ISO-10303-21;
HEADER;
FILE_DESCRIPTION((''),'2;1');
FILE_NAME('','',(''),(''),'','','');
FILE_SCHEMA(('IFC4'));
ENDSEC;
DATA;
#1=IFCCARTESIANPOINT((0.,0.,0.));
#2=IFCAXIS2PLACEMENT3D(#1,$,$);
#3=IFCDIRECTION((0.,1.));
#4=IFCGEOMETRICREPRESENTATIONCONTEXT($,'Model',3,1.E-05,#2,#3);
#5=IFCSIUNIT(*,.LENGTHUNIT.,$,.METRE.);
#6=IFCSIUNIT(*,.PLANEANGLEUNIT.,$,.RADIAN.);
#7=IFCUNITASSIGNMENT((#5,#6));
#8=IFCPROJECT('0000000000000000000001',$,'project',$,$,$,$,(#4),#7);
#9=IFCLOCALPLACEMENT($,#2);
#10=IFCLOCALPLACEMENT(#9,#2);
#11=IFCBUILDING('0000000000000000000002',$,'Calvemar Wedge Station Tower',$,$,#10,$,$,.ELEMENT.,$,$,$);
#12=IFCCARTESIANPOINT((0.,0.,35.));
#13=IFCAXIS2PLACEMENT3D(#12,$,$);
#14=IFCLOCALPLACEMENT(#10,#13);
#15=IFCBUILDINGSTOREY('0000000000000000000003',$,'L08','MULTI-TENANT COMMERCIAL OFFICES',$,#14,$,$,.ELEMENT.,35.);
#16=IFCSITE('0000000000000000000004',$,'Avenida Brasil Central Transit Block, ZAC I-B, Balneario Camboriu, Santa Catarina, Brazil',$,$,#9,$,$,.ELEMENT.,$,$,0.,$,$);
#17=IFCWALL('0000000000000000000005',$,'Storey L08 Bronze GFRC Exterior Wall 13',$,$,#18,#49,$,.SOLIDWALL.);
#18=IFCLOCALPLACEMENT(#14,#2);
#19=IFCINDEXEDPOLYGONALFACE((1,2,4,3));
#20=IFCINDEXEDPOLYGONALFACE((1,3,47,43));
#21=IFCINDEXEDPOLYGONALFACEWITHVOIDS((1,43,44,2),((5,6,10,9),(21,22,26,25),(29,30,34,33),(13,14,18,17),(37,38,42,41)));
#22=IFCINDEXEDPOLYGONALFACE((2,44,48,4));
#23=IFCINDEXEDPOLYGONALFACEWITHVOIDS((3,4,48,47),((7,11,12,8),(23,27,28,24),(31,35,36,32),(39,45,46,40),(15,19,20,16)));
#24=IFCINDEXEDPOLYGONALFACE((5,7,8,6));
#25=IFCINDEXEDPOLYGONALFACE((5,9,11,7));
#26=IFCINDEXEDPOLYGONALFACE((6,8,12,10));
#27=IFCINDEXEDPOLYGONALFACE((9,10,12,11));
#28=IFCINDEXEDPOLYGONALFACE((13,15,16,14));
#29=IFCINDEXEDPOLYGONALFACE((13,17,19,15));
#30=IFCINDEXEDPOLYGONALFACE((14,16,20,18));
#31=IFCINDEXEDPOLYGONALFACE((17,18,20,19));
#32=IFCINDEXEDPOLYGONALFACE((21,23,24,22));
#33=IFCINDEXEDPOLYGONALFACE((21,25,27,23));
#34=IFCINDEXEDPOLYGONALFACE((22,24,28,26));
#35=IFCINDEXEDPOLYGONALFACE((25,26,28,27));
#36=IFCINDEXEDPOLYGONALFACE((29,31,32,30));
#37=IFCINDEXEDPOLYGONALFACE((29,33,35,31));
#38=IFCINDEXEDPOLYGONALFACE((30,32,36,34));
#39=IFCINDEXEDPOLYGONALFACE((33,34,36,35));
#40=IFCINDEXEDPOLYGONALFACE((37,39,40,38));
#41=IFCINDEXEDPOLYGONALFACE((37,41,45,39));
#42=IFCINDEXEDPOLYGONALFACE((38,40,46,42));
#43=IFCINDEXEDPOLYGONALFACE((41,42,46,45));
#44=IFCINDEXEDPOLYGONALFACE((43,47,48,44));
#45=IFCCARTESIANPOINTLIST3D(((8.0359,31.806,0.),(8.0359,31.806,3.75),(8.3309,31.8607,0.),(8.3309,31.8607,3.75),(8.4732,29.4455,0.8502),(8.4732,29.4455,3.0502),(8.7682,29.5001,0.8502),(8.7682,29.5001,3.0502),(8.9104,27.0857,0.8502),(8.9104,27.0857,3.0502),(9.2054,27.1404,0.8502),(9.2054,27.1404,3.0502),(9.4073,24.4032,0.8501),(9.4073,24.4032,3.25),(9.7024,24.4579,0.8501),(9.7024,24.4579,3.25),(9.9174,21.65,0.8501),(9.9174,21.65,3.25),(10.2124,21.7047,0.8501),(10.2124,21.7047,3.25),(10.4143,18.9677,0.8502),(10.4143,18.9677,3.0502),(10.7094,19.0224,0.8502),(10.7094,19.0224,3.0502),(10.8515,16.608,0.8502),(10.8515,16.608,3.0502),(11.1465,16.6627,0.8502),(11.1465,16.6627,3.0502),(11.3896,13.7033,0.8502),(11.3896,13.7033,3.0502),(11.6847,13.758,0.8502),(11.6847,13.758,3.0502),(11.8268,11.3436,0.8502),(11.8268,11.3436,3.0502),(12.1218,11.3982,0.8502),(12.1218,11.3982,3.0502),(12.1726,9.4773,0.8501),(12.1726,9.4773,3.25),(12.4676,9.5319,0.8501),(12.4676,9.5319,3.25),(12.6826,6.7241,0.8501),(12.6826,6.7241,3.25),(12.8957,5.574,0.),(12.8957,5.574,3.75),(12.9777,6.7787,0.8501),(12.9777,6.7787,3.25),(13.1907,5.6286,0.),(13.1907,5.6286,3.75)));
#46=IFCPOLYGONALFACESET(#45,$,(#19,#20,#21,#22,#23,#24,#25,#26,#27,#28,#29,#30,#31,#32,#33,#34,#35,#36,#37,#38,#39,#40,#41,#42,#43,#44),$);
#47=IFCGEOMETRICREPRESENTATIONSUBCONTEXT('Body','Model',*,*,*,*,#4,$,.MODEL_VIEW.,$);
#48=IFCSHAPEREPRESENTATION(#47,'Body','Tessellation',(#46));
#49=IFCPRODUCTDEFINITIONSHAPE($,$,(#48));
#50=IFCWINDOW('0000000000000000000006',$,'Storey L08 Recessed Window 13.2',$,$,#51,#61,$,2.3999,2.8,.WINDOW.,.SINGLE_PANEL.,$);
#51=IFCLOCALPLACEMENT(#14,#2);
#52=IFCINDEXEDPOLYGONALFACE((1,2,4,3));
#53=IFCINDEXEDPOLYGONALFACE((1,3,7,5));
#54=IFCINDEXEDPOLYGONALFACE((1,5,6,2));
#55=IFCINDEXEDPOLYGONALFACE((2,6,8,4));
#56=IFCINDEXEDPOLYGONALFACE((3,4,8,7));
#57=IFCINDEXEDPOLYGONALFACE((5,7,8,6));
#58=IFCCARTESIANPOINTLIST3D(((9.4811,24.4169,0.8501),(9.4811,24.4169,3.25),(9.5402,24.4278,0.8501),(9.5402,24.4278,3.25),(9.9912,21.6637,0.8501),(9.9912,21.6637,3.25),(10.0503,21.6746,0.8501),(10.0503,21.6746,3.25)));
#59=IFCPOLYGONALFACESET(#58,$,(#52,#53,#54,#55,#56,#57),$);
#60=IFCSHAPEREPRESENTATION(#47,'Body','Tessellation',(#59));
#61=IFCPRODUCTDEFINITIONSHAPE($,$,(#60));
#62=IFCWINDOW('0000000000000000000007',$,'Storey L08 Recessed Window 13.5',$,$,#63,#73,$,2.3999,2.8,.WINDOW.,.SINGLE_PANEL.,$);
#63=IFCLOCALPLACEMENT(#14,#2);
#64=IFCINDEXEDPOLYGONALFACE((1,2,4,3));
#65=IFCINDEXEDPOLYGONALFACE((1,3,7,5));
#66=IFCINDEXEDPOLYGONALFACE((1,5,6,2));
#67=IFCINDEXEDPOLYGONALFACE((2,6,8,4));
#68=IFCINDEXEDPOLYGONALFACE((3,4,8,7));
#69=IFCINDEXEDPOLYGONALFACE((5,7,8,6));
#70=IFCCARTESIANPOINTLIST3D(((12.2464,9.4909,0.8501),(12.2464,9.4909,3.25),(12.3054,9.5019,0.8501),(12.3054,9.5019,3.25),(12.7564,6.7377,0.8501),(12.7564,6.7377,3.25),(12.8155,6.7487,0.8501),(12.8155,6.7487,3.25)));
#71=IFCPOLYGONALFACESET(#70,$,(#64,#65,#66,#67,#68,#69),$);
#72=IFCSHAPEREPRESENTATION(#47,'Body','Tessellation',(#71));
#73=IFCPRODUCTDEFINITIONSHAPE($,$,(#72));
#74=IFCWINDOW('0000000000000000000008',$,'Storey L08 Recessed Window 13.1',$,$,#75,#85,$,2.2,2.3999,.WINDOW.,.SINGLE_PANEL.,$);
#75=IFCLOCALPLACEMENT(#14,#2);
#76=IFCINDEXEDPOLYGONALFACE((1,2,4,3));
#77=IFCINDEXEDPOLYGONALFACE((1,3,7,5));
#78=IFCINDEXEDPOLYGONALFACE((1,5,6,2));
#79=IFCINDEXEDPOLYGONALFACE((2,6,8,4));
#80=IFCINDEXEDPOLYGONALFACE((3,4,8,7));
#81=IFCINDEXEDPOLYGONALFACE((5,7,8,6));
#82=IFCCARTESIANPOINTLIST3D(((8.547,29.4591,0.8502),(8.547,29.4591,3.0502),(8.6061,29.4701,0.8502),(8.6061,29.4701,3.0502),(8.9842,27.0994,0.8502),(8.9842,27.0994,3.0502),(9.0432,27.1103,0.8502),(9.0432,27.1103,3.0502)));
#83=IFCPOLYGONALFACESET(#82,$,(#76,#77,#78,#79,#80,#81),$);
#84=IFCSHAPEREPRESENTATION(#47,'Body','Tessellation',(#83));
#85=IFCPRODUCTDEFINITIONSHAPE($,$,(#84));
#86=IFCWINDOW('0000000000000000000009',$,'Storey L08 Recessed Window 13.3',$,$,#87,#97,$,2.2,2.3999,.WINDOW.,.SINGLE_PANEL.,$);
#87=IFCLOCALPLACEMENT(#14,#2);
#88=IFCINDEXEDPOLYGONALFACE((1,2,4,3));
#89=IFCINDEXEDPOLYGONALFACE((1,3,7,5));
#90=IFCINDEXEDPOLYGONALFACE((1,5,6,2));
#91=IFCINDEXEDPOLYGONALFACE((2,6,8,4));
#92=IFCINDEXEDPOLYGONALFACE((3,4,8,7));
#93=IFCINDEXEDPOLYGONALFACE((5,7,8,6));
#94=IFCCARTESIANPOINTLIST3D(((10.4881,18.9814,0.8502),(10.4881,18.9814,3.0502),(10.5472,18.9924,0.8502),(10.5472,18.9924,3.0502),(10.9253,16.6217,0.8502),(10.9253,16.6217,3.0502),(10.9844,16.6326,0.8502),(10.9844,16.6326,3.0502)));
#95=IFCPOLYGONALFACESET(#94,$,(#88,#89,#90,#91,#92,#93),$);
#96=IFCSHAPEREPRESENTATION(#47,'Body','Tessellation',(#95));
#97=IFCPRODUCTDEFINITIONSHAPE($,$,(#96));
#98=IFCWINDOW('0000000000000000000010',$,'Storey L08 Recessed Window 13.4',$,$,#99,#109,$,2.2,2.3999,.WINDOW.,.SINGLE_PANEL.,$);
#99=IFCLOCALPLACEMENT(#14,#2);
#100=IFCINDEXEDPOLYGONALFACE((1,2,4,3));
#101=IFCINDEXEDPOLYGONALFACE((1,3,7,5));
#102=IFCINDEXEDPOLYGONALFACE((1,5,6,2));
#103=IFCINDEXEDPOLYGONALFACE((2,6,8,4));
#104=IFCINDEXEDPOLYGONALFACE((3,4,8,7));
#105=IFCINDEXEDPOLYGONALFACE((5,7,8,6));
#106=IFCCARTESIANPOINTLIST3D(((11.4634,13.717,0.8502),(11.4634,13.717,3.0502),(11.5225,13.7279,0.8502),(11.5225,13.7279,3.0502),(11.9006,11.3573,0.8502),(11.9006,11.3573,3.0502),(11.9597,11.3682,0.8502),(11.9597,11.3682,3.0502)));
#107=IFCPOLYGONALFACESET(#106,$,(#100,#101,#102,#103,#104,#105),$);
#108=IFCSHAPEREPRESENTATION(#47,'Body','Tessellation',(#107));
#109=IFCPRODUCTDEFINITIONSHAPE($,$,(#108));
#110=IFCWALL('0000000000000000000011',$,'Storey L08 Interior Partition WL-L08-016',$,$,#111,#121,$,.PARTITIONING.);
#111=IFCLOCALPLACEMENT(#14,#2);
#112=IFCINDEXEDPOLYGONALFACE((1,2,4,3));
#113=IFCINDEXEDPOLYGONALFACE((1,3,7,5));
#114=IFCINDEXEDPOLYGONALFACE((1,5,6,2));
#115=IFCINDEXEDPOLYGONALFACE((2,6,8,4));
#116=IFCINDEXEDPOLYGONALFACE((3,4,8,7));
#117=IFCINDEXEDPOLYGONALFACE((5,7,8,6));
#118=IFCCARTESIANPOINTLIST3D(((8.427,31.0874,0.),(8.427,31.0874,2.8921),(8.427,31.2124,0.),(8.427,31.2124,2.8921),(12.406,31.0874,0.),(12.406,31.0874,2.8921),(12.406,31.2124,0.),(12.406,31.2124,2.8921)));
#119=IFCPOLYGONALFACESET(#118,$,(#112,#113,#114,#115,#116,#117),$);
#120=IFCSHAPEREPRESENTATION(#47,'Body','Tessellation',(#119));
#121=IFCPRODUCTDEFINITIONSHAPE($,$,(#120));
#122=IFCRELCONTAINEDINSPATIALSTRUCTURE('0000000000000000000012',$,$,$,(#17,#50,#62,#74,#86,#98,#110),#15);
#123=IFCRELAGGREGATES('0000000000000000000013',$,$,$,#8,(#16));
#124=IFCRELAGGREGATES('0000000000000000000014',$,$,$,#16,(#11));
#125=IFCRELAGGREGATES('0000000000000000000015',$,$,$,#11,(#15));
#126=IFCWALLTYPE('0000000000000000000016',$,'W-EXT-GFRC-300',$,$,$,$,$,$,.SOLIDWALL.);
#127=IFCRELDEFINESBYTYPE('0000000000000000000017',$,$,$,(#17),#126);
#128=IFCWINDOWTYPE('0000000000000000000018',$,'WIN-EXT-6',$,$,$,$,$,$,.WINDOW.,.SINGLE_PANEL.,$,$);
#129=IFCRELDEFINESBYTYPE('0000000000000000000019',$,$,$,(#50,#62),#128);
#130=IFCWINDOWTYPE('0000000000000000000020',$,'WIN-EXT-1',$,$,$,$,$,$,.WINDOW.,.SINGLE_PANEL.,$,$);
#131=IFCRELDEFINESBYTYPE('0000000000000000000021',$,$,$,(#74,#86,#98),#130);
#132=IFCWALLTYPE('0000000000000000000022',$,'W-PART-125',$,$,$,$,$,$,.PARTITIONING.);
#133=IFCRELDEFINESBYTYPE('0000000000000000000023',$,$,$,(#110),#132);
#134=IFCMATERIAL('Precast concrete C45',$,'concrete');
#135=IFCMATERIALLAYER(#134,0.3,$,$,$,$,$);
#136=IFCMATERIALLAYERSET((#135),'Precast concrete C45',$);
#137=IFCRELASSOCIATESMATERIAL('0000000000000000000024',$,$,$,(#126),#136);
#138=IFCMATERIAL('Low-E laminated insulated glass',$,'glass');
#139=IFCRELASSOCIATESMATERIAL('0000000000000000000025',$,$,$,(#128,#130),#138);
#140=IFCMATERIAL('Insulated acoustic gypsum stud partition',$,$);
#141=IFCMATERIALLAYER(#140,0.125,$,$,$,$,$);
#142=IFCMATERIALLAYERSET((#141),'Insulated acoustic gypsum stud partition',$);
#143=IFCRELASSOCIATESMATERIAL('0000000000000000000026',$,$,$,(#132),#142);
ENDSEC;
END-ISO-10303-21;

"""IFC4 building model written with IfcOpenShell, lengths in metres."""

from ifc_helpers import new_model, si_unit, direction, frame, frame_2d, origin, place, context, subcontext, project, spatial, rectangle, extrude, source, transform, mapped, material, layer, layer_set, type_object, element, fill, save


model = new_model("IFC4")

# Units and contexts
model_context = context("Model", 3, precision=1e-05, world=origin(), true_north=direction((0.0, 1.0)))
body_context = subcontext(model_context, "Body", "Model", "MODEL_VIEW")
ifc_project = project(units=[si_unit("LENGTHUNIT", "METRE"), si_unit("PLANEANGLEUNIT", "RADIAN")], contexts=[model_context])

# Site, building, storey
site_placement = place(None, origin())
site = spatial("IfcSite", under=ifc_project, at=site_placement, Name="Avenida Brasil Central Transit Block, ZAC I-B, Balneario Camboriu, Santa Catarina, Brazil", CompositionType="ELEMENT", RefElevation=0.0)
building_placement = place(site_placement, origin())
building = spatial("IfcBuilding", under=site, at=building_placement, Name="Calvemar Wedge Station Tower", CompositionType="ELEMENT")
storey_placement = place(building_placement, frame((0.0, 0.0, 35.0)))
storey = spatial("IfcBuildingStorey", under=building, at=storey_placement, Name="L08", Description="MULTI-TENANT COMMERCIAL OFFICES", CompositionType="ELEMENT", Elevation=35.0)

# Shared definitions
ifc_material_1 = material(Name="Precast concrete C45", Category="concrete")

# Wall, openings, windows
ifc_layer_1 = layer(ifc_material_1, 0.3)
ifc_layer_set_1 = layer_set([ifc_layer_1], Name="Precast concrete C45")
wall_type_1 = type_object("IfcWallType", Name="W-EXT-GFRC-300", PredefinedType="SOLIDWALL", material=ifc_layer_set_1)
wall_1_placement = place(storey_placement, frame((8.1833, 31.8335, 0.0), z_axis=(0.0, 0.0, 1.0), x_axis=(0.182164, -0.983268, 0.0)))
wall_1 = element("IfcWall", 1, at=wall_1_placement, inside=storey, type_object=wall_type_1, Name="Storey L08 Bronze GFRC Exterior Wall 13", PredefinedType="SOLIDWALL", context=body_context, shape_type="SweptSolid", body=[
    extrude(rectangle(XDim=26.6785, YDim=0.3, at=frame_2d((13.3394, 0.0))), origin(), (0.0, 0.0, 1.0), 3.75),
])
shared_shape_1 = source(origin(), body_context, "Body", "SweptSolid", [
    extrude(rectangle(XDim=2.3999, YDim=2.2, at=frame_2d((1.2, 1.1001))), frame((0.0, 0.1602, 0.0), z_axis=(0.0, -1.0, 0.0), x_axis=(1.0, 0.0, 0.0)), (0.0, 0.0, 1.0), 0.3201),
])
opening_1_placement = place(wall_1_placement, frame((2.4009, 0.0, 0.8501)))
opening_1 = element("IfcOpeningElement", 2, at=opening_1_placement, cuts=wall_1, PredefinedType="OPENING", context=body_context, shape_type="MappedRepresentation", body=[
    mapped(shared_shape_1, transform((0.0, 0.0, 0.0), scale=1.0)),
])
shared_shape_2 = source(origin(), body_context, "Body", "SweptSolid", [
    extrude(rectangle(XDim=2.8, YDim=2.3999, at=frame_2d((1.3999, 1.2))), frame((0.0, 0.1602, 0.0), z_axis=(0.0, -1.0, 0.0), x_axis=(1.0, 0.0, 0.0)), (0.0, 0.0, 1.0), 0.3201),
])
opening_2_placement = place(wall_1_placement, frame((7.5291, 0.0, 0.8501)))
opening_2 = element("IfcOpeningElement", 3, at=opening_2_placement, cuts=wall_1, PredefinedType="OPENING", context=body_context, shape_type="MappedRepresentation", body=[
    mapped(shared_shape_2, transform((0.0, 0.0, 0.0), scale=1.0)),
])
opening_3_placement = place(wall_1_placement, frame((13.0569, 0.0, 0.8501)))
opening_3 = element("IfcOpeningElement", 4, at=opening_3_placement, cuts=wall_1, PredefinedType="OPENING", context=body_context, shape_type="MappedRepresentation", body=[
    mapped(shared_shape_1, transform((0.0, 0.0, 0.0), scale=1.0)),
])
opening_4_placement = place(wall_1_placement, frame((18.4109, 0.0, 0.8501)))
opening_4 = element("IfcOpeningElement", 5, at=opening_4_placement, cuts=wall_1, PredefinedType="OPENING", context=body_context, shape_type="MappedRepresentation", body=[
    mapped(shared_shape_1, transform((0.0, 0.0, 0.0), scale=1.0)),
])
opening_5_placement = place(wall_1_placement, frame((22.709, 0.0, 0.8501)))
opening_5 = element("IfcOpeningElement", 6, at=opening_5_placement, cuts=wall_1, PredefinedType="OPENING", context=body_context, shape_type="MappedRepresentation", body=[
    mapped(shared_shape_2, transform((0.0, 0.0, 0.0), scale=1.0)),
])
ifc_material_2 = material(Name="Low-E laminated insulated glass", Category="glass")
window_type_1 = type_object("IfcWindowType", Name="WIN-EXT-6", PartitioningType="SINGLE_PANEL", PredefinedType="WINDOW", material=ifc_material_2)
shared_shape_3 = source(origin(), body_context, "Body", "SweptSolid", [
    extrude(rectangle(XDim=2.8, YDim=2.3999, at=frame_2d((1.3999, 1.2))), frame((0.0, -0.0149, 0.0), z_axis=(0.0, -1.0, 0.0), x_axis=(1.0, 0.0, 0.0)), (0.0, 0.0, 1.0), 0.0601),
])
window_1_placement = place(opening_2_placement, origin())
window_1 = element("IfcWindow", 7, at=window_1_placement, inside=storey, type_object=window_type_1, Name="Storey L08 Recessed Window 13.2", OverallHeight=2.3999, OverallWidth=2.8, PartitioningType="SINGLE_PANEL", PredefinedType="WINDOW", context=body_context, shape_type="MappedRepresentation", body=[
    mapped(shared_shape_3, transform((0.0, 0.0, 0.0), scale=1.0)),
])
fill(opening_2, window_1)
window_2_placement = place(opening_5_placement, origin())
window_2 = element("IfcWindow", 8, at=window_2_placement, inside=storey, type_object=window_type_1, Name="Storey L08 Recessed Window 13.5", OverallHeight=2.3999, OverallWidth=2.8, PartitioningType="SINGLE_PANEL", PredefinedType="WINDOW", context=body_context, shape_type="MappedRepresentation", body=[
    mapped(shared_shape_3, transform((0.0, 0.0, 0.0), scale=1.0)),
])
fill(opening_5, window_2)
window_type_2 = type_object("IfcWindowType", Name="WIN-EXT-1", PartitioningType="SINGLE_PANEL", PredefinedType="WINDOW", material=ifc_material_2)
shared_shape_4 = source(origin(), body_context, "Body", "SweptSolid", [
    extrude(rectangle(XDim=2.3999, YDim=2.2, at=frame_2d((1.2, 1.1001))), frame((0.0, -0.0149, 0.0), z_axis=(0.0, -1.0, 0.0), x_axis=(1.0, 0.0, 0.0)), (0.0, 0.0, 1.0), 0.0601),
])
window_3_placement = place(opening_1_placement, origin())
window_3 = element("IfcWindow", 9, at=window_3_placement, inside=storey, type_object=window_type_2, Name="Storey L08 Recessed Window 13.1", OverallHeight=2.2, OverallWidth=2.3999, PartitioningType="SINGLE_PANEL", PredefinedType="WINDOW", context=body_context, shape_type="MappedRepresentation", body=[
    mapped(shared_shape_4, transform((0.0, 0.0, 0.0), scale=1.0)),
])
fill(opening_1, window_3)
window_4_placement = place(opening_3_placement, origin())
window_4 = element("IfcWindow", 10, at=window_4_placement, inside=storey, type_object=window_type_2, Name="Storey L08 Recessed Window 13.3", OverallHeight=2.2, OverallWidth=2.3999, PartitioningType="SINGLE_PANEL", PredefinedType="WINDOW", context=body_context, shape_type="MappedRepresentation", body=[
    mapped(shared_shape_4, transform((0.0, 0.0, 0.0), scale=1.0)),
])
fill(opening_3, window_4)
window_5_placement = place(opening_4_placement, origin())
window_5 = element("IfcWindow", 11, at=window_5_placement, inside=storey, type_object=window_type_2, Name="Storey L08 Recessed Window 13.4", OverallHeight=2.2, OverallWidth=2.3999, PartitioningType="SINGLE_PANEL", PredefinedType="WINDOW", context=body_context, shape_type="MappedRepresentation", body=[
    mapped(shared_shape_4, transform((0.0, 0.0, 0.0), scale=1.0)),
])
fill(opening_4, window_5)

# Wall
ifc_material_3 = material(Name="Insulated acoustic gypsum stud partition")
ifc_layer_2 = layer(ifc_material_3, 0.125)
ifc_layer_set_2 = layer_set([ifc_layer_2], Name="Insulated acoustic gypsum stud partition")
wall_type_2 = type_object("IfcWallType", Name="W-PART-125", PredefinedType="PARTITIONING", material=ifc_layer_set_2)
wall_2_placement = place(storey_placement, frame((12.406, 31.1499, 0.0), z_axis=(0.0, 0.0, 1.0), x_axis=(-1.0, 0.0, 0.0)))
element("IfcWall", 12, at=wall_2_placement, inside=storey, type_object=wall_type_2, Name="Storey L08 Interior Partition WL-L08-016", PredefinedType="PARTITIONING", context=body_context, shape_type="SweptSolid", body=[
    extrude(rectangle(XDim=3.979, YDim=0.125, at=frame_2d((1.9895, 0.0))), origin(), (0.0, 0.0, 1.0), 2.8921),
])

save(model, "model.ifc")
